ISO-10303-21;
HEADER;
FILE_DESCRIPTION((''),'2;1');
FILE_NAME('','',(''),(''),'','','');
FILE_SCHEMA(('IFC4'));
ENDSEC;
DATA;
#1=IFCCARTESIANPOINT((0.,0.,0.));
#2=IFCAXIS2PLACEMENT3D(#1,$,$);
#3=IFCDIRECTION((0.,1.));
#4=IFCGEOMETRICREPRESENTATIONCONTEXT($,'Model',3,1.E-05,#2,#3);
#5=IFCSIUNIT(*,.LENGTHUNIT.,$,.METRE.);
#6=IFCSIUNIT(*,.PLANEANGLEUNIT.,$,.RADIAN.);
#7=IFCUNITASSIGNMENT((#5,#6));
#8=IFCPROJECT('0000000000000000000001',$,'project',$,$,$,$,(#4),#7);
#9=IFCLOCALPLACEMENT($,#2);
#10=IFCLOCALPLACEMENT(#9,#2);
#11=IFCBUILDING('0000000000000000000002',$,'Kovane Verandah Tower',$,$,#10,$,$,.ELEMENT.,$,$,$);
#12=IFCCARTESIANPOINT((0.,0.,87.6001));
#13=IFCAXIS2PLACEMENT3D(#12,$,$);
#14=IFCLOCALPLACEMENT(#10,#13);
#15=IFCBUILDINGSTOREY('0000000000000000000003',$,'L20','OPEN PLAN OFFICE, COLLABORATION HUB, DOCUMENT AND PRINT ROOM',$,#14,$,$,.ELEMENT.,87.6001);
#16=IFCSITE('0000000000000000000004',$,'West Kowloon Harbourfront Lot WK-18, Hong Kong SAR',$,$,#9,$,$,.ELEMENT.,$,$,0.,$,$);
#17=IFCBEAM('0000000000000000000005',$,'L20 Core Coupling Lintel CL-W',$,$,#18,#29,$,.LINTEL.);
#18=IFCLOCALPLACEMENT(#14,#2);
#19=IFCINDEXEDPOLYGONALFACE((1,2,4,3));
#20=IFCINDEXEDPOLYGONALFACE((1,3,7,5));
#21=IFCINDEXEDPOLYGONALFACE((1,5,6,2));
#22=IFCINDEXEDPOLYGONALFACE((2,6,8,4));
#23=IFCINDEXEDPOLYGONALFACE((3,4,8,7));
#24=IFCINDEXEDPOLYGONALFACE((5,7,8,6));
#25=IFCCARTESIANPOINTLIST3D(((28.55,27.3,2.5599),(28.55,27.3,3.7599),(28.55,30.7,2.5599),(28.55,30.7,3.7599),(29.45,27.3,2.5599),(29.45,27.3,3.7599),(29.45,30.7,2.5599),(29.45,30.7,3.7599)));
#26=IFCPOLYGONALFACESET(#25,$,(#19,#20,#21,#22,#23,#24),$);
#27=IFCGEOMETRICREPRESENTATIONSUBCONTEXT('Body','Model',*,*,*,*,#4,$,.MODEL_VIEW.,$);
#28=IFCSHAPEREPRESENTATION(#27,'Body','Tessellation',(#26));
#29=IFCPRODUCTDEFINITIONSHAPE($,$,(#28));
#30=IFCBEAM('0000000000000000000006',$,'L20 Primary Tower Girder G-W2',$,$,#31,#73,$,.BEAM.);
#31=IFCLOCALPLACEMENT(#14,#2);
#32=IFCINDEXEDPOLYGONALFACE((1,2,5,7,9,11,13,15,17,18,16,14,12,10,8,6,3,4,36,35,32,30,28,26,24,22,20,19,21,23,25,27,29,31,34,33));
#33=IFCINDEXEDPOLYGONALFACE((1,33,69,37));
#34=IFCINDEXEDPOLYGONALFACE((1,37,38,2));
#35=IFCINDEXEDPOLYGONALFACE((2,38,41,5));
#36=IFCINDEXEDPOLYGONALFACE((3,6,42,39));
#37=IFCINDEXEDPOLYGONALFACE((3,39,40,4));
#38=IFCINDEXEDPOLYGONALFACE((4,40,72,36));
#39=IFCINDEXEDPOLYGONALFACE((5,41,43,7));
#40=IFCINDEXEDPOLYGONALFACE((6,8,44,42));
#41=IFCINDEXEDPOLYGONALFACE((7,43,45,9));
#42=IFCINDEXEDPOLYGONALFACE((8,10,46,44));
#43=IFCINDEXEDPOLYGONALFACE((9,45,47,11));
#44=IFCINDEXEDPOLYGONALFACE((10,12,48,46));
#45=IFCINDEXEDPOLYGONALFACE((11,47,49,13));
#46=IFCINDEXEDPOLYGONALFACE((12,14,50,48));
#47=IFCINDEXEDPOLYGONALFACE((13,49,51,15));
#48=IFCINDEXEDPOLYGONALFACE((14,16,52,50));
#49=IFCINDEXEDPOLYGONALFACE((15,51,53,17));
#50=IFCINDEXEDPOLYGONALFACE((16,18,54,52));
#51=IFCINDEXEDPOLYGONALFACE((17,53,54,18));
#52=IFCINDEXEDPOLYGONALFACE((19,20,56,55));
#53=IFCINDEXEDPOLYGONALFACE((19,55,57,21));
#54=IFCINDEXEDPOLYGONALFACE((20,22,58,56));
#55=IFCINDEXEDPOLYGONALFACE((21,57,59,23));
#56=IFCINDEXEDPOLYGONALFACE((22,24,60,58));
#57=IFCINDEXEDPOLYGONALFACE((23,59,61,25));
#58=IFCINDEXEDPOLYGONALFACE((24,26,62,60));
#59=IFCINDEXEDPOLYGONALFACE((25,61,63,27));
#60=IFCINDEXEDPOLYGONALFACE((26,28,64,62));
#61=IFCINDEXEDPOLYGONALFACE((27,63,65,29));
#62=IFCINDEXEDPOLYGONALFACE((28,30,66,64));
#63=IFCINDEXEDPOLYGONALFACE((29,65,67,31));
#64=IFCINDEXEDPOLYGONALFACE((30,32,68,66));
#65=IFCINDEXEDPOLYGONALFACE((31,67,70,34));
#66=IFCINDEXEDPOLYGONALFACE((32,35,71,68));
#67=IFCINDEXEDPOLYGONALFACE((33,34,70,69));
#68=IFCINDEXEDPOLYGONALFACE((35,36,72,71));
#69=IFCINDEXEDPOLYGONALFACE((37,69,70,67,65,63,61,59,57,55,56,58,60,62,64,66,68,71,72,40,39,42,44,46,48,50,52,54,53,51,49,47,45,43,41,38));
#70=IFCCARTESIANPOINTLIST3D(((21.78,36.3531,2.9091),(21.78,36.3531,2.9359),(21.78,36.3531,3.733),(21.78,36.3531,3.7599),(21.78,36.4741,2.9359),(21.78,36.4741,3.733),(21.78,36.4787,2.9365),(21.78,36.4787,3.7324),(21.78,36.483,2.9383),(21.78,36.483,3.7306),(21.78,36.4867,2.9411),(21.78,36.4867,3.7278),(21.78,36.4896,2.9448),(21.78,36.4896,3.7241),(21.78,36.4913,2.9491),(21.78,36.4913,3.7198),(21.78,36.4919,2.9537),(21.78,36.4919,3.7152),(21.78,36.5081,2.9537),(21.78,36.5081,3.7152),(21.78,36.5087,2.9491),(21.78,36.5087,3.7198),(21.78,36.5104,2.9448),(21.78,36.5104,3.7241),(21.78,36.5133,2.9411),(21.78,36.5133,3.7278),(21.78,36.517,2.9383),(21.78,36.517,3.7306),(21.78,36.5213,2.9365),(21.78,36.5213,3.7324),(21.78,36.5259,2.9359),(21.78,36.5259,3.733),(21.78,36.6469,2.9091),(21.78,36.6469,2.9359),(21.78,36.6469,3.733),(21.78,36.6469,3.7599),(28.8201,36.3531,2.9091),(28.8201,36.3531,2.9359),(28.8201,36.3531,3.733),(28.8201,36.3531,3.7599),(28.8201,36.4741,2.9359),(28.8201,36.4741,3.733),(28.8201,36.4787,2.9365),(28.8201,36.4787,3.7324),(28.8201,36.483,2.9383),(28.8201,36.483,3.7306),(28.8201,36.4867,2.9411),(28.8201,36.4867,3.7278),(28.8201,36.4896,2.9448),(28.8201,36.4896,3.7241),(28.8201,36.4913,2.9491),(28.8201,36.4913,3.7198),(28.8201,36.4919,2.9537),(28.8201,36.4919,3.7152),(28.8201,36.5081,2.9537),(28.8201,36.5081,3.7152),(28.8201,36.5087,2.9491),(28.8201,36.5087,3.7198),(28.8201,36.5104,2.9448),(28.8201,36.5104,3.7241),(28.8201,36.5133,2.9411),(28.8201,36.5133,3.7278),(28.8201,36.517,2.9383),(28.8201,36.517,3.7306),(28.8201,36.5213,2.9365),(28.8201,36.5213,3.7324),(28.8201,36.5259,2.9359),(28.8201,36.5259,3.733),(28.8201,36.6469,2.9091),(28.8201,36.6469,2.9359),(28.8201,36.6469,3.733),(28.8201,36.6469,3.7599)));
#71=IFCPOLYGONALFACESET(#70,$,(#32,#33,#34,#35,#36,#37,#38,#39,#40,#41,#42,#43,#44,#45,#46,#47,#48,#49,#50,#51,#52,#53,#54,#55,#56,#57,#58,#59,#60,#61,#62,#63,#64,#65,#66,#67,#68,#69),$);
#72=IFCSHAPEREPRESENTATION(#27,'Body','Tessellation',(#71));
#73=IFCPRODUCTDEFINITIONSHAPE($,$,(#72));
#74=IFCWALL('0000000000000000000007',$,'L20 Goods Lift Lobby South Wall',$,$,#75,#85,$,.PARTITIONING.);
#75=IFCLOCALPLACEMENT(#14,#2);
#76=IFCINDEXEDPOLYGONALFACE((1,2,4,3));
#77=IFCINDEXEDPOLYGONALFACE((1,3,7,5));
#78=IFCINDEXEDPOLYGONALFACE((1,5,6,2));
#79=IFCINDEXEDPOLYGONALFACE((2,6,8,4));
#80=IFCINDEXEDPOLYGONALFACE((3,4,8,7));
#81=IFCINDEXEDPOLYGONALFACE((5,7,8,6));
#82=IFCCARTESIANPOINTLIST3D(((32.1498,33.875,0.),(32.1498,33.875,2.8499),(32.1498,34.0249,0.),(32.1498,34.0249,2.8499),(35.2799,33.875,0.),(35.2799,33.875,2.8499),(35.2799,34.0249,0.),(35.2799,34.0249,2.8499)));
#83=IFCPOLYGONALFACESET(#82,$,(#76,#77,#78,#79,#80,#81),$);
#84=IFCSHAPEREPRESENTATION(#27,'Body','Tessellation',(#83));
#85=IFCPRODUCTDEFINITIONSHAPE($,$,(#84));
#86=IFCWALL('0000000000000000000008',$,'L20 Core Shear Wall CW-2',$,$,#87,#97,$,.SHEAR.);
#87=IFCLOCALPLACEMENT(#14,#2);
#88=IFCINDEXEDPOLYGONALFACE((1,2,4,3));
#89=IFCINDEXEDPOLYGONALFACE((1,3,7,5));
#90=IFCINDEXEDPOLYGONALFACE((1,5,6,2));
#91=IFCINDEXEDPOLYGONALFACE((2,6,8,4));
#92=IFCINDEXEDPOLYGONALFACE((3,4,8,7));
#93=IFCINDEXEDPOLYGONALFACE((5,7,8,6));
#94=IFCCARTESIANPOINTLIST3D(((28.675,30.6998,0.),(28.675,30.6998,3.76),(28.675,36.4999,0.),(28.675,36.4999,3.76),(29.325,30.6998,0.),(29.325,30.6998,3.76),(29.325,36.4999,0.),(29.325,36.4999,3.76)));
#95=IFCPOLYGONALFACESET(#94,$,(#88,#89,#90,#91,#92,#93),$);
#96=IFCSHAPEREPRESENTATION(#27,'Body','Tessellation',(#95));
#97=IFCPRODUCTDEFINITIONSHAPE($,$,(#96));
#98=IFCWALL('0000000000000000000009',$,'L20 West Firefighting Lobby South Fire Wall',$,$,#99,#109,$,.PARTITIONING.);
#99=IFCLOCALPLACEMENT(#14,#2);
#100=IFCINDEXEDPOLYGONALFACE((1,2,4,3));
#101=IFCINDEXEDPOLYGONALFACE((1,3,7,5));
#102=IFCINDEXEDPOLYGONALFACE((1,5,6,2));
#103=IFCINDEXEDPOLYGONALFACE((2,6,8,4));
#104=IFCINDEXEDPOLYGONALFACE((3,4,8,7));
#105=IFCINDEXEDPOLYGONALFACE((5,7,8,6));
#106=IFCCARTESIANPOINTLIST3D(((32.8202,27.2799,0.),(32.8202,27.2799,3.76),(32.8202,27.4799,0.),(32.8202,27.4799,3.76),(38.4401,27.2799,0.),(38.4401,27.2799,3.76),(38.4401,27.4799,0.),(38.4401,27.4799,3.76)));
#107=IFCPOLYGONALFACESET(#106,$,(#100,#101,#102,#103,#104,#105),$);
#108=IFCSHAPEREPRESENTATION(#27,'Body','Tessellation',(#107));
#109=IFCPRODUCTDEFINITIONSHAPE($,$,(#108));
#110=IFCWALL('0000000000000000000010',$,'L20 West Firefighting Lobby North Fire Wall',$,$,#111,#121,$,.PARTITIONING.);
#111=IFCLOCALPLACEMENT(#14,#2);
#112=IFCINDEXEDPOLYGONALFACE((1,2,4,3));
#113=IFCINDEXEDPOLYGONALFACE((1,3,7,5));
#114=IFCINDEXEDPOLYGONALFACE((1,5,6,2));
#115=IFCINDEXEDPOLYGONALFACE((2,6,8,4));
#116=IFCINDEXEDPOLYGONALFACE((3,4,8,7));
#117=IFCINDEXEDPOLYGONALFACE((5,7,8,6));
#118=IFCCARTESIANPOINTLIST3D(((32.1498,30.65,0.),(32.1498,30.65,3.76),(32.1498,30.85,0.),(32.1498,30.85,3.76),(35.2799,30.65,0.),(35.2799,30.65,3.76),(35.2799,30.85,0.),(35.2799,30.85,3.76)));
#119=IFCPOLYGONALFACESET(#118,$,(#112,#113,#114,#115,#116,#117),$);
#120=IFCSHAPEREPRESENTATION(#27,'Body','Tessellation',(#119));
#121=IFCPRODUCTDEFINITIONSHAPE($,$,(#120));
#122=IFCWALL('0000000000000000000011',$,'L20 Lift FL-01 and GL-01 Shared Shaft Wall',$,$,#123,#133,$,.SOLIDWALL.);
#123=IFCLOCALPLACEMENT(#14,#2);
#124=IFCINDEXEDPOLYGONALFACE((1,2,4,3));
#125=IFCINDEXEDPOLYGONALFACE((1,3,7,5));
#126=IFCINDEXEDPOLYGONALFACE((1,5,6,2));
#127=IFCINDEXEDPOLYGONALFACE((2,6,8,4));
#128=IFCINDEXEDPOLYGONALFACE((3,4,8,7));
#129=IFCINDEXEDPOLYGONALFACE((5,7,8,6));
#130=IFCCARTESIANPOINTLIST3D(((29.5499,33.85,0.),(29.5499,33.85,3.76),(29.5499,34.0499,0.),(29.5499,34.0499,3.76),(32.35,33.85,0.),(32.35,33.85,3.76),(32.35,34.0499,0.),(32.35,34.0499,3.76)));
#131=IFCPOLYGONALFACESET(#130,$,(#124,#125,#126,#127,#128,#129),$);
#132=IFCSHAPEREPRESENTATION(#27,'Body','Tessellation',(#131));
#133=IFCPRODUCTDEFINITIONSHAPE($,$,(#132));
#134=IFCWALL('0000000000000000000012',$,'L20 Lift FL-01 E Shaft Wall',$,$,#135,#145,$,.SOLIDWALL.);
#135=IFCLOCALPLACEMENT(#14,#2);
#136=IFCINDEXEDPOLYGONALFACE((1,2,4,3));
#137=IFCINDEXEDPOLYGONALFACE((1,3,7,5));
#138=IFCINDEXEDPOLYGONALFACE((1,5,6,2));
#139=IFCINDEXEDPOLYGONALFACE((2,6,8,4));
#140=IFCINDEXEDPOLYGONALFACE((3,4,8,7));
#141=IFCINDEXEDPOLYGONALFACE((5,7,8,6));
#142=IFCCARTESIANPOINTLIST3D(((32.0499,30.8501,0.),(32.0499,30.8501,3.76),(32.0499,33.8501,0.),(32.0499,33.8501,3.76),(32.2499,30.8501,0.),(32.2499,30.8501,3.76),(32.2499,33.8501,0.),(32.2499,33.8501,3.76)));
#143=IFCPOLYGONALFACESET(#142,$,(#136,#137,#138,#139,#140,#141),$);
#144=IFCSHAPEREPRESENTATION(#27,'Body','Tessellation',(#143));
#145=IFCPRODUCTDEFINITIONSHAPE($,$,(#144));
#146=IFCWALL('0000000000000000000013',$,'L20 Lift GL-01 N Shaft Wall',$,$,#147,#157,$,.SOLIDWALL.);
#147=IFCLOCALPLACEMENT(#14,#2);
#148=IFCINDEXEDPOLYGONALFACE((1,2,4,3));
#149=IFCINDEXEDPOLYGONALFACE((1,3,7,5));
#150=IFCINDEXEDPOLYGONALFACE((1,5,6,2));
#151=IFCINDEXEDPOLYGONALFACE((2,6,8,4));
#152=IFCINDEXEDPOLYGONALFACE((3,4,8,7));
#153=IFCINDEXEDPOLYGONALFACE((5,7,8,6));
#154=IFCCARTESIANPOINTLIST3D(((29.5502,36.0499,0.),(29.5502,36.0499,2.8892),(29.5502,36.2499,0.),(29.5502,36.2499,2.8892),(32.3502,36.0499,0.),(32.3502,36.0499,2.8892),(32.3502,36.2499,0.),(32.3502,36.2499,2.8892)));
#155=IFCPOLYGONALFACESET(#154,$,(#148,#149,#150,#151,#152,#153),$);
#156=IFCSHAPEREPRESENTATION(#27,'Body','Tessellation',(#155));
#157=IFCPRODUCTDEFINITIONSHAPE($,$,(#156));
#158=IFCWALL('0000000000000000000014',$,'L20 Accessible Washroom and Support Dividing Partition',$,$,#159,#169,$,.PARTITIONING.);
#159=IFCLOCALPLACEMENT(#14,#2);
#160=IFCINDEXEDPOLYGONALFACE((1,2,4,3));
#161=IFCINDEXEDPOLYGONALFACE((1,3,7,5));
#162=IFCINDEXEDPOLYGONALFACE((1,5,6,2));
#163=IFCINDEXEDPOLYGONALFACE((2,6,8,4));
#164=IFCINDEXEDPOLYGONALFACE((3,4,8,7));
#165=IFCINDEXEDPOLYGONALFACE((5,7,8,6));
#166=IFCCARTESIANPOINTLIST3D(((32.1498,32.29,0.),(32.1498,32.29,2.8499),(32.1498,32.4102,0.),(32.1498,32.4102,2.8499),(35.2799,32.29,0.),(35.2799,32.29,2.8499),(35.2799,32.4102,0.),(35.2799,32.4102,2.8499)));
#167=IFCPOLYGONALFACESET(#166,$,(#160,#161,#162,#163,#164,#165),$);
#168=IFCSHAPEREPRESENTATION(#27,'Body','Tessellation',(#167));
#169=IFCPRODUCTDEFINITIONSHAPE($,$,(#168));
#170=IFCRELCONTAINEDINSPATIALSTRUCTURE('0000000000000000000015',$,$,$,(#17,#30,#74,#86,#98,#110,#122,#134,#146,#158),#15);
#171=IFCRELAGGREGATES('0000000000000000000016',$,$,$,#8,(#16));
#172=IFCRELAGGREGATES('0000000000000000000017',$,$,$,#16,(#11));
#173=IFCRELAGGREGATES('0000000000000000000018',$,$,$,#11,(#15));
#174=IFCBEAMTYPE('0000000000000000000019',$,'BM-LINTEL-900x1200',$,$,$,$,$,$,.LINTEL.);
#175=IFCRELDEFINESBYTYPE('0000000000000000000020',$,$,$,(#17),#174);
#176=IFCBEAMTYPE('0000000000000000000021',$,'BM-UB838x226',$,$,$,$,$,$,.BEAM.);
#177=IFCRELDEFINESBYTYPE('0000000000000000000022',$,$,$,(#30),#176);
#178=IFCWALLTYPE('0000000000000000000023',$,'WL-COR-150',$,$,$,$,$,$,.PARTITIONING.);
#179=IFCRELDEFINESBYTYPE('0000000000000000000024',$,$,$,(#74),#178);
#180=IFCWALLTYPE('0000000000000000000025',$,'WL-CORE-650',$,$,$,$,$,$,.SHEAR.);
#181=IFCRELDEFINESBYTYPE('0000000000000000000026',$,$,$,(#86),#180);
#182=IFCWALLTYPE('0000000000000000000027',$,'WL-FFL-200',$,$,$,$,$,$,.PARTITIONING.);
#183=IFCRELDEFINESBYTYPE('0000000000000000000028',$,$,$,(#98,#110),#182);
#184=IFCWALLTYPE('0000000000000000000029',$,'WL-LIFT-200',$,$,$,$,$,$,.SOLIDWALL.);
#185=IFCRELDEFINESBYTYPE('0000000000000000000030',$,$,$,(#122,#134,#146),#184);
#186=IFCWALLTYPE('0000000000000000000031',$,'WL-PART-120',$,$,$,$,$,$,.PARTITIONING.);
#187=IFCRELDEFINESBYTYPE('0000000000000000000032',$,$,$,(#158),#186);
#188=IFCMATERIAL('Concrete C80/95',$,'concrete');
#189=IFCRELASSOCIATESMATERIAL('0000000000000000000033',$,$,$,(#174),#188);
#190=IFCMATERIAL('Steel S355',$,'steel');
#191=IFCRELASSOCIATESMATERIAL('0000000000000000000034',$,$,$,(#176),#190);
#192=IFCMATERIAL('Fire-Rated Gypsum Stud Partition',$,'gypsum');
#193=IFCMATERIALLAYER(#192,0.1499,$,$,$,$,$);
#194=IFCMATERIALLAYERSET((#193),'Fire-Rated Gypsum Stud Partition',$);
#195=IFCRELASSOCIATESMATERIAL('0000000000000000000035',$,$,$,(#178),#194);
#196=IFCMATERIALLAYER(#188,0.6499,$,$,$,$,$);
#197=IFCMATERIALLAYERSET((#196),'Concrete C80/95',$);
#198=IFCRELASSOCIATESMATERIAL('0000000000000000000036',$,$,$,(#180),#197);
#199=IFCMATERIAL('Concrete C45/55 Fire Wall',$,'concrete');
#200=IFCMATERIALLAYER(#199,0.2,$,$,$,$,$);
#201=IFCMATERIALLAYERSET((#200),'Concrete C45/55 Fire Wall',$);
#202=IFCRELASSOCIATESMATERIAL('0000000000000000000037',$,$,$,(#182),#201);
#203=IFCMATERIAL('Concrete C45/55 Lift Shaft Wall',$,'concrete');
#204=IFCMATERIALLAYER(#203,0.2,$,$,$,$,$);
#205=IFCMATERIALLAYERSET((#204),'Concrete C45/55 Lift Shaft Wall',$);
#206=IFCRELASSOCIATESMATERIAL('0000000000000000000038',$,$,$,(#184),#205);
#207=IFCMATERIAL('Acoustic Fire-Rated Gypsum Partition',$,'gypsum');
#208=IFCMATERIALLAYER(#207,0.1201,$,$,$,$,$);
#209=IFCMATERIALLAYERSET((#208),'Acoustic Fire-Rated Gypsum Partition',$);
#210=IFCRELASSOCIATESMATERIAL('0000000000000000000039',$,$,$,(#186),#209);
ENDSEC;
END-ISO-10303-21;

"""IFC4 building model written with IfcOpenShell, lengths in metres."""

from ifc_helpers import new_model, si_unit, direction, frame, frame_2d, origin, origin_2d, place, context, subcontext, project, spatial, rectangle, i_section, extrude, material, layer, layer_set, material_profile, profile_set, type_object, element, save


model = new_model("IFC4")

# Units and contexts
model_context = context("Model", 3, precision=1e-05, world=origin(), true_north=direction((0.0, 1.0)))
body_context = subcontext(model_context, "Body", "Model", "MODEL_VIEW")
ifc_project = project(units=[si_unit("LENGTHUNIT", "METRE"), si_unit("PLANEANGLEUNIT", "RADIAN")], contexts=[model_context])

# Site, building, storey
site_placement = place(None, origin())
site = spatial("IfcSite", under=ifc_project, at=site_placement, Name="West Kowloon Harbourfront Lot WK-18, Hong Kong SAR", CompositionType="ELEMENT", RefElevation=0.0)
building_placement = place(site_placement, origin())
building = spatial("IfcBuilding", under=site, at=building_placement, Name="Kovane Verandah Tower", CompositionType="ELEMENT")
storey_placement = place(building_placement, frame((0.0, 0.0, 87.6001)))
storey = spatial("IfcBuildingStorey", under=building, at=storey_placement, Name="L20", Description="OPEN PLAN OFFICE, COLLABORATION HUB, DOCUMENT AND PRINT ROOM", CompositionType="ELEMENT", Elevation=87.6001)

# Beams
ifc_material_1 = material(Name="Concrete C80/95", Category="concrete")
ifc_material_profile_1 = material_profile(ifc_material_1, rectangle(XDim=0.8999, YDim=1.2, at=origin_2d()), Name="RCB900x1200")
ifc_profile_set_1 = profile_set([ifc_material_profile_1], Name="Concrete C80/95")
beam_type_1 = type_object("IfcBeamType", Name="BM-LINTEL-900x1200", PredefinedType="LINTEL", material=ifc_profile_set_1)
beam_1_placement = place(storey_placement, frame((29.0, 27.3, 3.1599), z_axis=(0.0, 1.0, 0.0), x_axis=(-1.0, 0.0, 0.0)))
element("IfcBeam", 1, at=beam_1_placement, inside=storey, type_object=beam_type_1, Name="L20 Core Coupling Lintel CL-W", PredefinedType="LINTEL", context=body_context, shape_type="SweptSolid", body=[
    extrude(rectangle(XDim=0.8999, YDim=1.2, at=origin_2d()), origin(), (0.0, 0.0, 1.0), 3.3999),
])
ifc_material_2 = material(Name="Steel S355", Category="steel")
ifc_material_profile_2 = material_profile(ifc_material_2, i_section(OverallWidth=0.2937, OverallDepth=0.8508, WebThickness=0.0161, FlangeThickness=0.0269, FilletRadius=0.0178, at=origin_2d()), Name="UB838x292x226")
ifc_profile_set_2 = profile_set([ifc_material_profile_2], Name="Steel S355")
beam_type_2 = type_object("IfcBeamType", Name="BM-UB838x226", PredefinedType="BEAM", material=ifc_profile_set_2)
beam_2_placement = place(storey_placement, frame((28.8201, 36.5, 3.3345), z_axis=(-1.0, 0.0, 0.0), x_axis=(0.0, -1.0, 0.0)))
element("IfcBeam", 2, at=beam_2_placement, inside=storey, type_object=beam_type_2, Name="L20 Primary Tower Girder G-W2", PredefinedType="BEAM", context=body_context, shape_type="SweptSolid", body=[
    extrude(i_section(OverallWidth=0.2937, OverallDepth=0.8508, WebThickness=0.0161, FlangeThickness=0.0269, FilletRadius=0.0178, at=origin_2d()), origin(), (0.0, 0.0, 1.0), 7.04),
])

# Walls
ifc_material_3 = material(Name="Fire-Rated Gypsum Stud Partition", Category="gypsum")
ifc_layer_1 = layer(ifc_material_3, 0.1499)
ifc_layer_set_1 = layer_set([ifc_layer_1], Name="Fire-Rated Gypsum Stud Partition")
wall_type_1 = type_object("IfcWallType", Name="WL-COR-150", PredefinedType="PARTITIONING", material=ifc_layer_set_1)
wall_1_placement = place(storey_placement, frame((32.1499, 33.95, 0.0), z_axis=(0.0, 0.0, 1.0), x_axis=(1.0, 0.0, 0.0)))
element("IfcWall", 3, at=wall_1_placement, inside=storey, type_object=wall_type_1, Name="L20 Goods Lift Lobby South Wall", PredefinedType="PARTITIONING", context=body_context, shape_type="SweptSolid", body=[
    extrude(rectangle(XDim=3.1301, YDim=0.1499, at=frame_2d((1.5649, 0.0))), origin(), (0.0, 0.0, 1.0), 2.8499),
])
ifc_layer_2 = layer(ifc_material_1, 0.6499)
ifc_layer_set_2 = layer_set([ifc_layer_2], Name="Concrete C80/95")
wall_type_2 = type_object("IfcWallType", Name="WL-CORE-650", PredefinedType="SHEAR", material=ifc_layer_set_2)
wall_2_placement = place(storey_placement, frame((29.0, 30.7, 0.0), z_axis=(0.0, 0.0, 1.0), x_axis=(0.0, 1.0, 0.0)))
element("IfcWall", 4, at=wall_2_placement, inside=storey, type_object=wall_type_2, Name="L20 Core Shear Wall CW-2", PredefinedType="SHEAR", context=body_context, shape_type="SweptSolid", body=[
    extrude(rectangle(XDim=5.8, YDim=0.6499, at=frame_2d((2.8999, 0.0))), origin(), (0.0, 0.0, 1.0), 3.76),
])

# Shared definitions
ifc_material_4 = material(Name="Concrete C45/55 Fire Wall", Category="concrete")
ifc_layer_3 = layer(ifc_material_4, 0.2)
ifc_layer_set_3 = layer_set([ifc_layer_3], Name="Concrete C45/55 Fire Wall")
wall_type_3 = type_object("IfcWallType", Name="WL-FFL-200", PredefinedType="PARTITIONING", material=ifc_layer_set_3)

# Walls
wall_3_placement = place(storey_placement, frame((32.8201, 27.3799, 0.0), z_axis=(0.0, 0.0, 1.0), x_axis=(1.0, 0.0, 0.0)))
element("IfcWall", 5, at=wall_3_placement, inside=storey, type_object=wall_type_3, Name="L20 West Firefighting Lobby South Fire Wall", PredefinedType="PARTITIONING", context=body_context, shape_type="SweptSolid", body=[
    extrude(rectangle(XDim=5.6199, YDim=0.2, at=frame_2d((2.8101, 0.0))), origin(), (0.0, 0.0, 1.0), 3.76),
])
wall_4_placement = place(storey_placement, frame((32.1499, 30.75, 0.0), z_axis=(0.0, 0.0, 1.0), x_axis=(1.0, 0.0, 0.0)))
element("IfcWall", 6, at=wall_4_placement, inside=storey, type_object=wall_type_3, Name="L20 West Firefighting Lobby North Fire Wall", PredefinedType="PARTITIONING", context=body_context, shape_type="SweptSolid", body=[
    extrude(rectangle(XDim=3.1301, YDim=0.2, at=frame_2d((1.5649, 0.0))), origin(), (0.0, 0.0, 1.0), 3.76),
])

# Shared definitions
ifc_material_5 = material(Name="Concrete C45/55 Lift Shaft Wall", Category="concrete")
ifc_layer_4 = layer(ifc_material_5, 0.2)
ifc_layer_set_4 = layer_set([ifc_layer_4], Name="Concrete C45/55 Lift Shaft Wall")
wall_type_4 = type_object("IfcWallType", Name="WL-LIFT-200", PredefinedType="SOLIDWALL", material=ifc_layer_set_4)

# Walls
wall_5_placement = place(storey_placement, frame((29.55, 33.95, 0.0), z_axis=(0.0, 0.0, 1.0), x_axis=(1.0, 0.0, 0.0)))
element("IfcWall", 7, at=wall_5_placement, inside=storey, type_object=wall_type_4, Name="L20 Lift FL-01 and GL-01 Shared Shaft Wall", PredefinedType="SOLIDWALL", context=body_context, shape_type="SweptSolid", body=[
    extrude(rectangle(XDim=2.8, YDim=0.2, at=frame_2d((1.3999, 0.0))), origin(), (0.0, 0.0, 1.0), 3.76),
])
wall_6_placement = place(storey_placement, frame((32.1499, 30.8501, 0.0), z_axis=(0.0, 0.0, 1.0), x_axis=(0.0, 1.0, 0.0)))
element("IfcWall", 8, at=wall_6_placement, inside=storey, type_object=wall_type_4, Name="L20 Lift FL-01 E Shaft Wall", PredefinedType="SOLIDWALL", context=body_context, shape_type="SweptSolid", body=[
    extrude(rectangle(XDim=3.0, YDim=0.2, at=frame_2d((1.5, 0.0))), origin(), (0.0, 0.0, 1.0), 3.76),
])
wall_7_placement = place(storey_placement, frame((32.3501, 36.1499, 0.0), z_axis=(0.0, 0.0, 1.0), x_axis=(-1.0, 0.0, 0.0)))
element("IfcWall", 9, at=wall_7_placement, inside=storey, type_object=wall_type_4, Name="L20 Lift GL-01 N Shaft Wall", PredefinedType="SOLIDWALL", context=body_context, shape_type="SweptSolid", body=[
    extrude(rectangle(XDim=2.8, YDim=0.2, at=frame_2d((1.3999, 0.0))), origin(), (0.0, 0.0, 1.0), 2.8892),
])

# Wall
ifc_material_6 = material(Name="Acoustic Fire-Rated Gypsum Partition", Category="gypsum")
ifc_layer_5 = layer(ifc_material_6, 0.1201)
ifc_layer_set_5 = layer_set([ifc_layer_5], Name="Acoustic Fire-Rated Gypsum Partition")
wall_type_5 = type_object("IfcWallType", Name="WL-PART-120", PredefinedType="PARTITIONING", material=ifc_layer_set_5)
wall_8_placement = place(storey_placement, frame((32.1499, 32.3501, 0.0), z_axis=(0.0, 0.0, 1.0), x_axis=(1.0, 0.0, 0.0)))
element("IfcWall", 10, at=wall_8_placement, inside=storey, type_object=wall_type_5, Name="L20 Accessible Washroom and Support Dividing Partition", PredefinedType="PARTITIONING", context=body_context, shape_type="SweptSolid", body=[
    extrude(rectangle(XDim=3.1301, YDim=0.1201, at=frame_2d((1.5649, 0.0))), origin(), (0.0, 0.0, 1.0), 2.8499),
])

save(model, "model.ifc")
